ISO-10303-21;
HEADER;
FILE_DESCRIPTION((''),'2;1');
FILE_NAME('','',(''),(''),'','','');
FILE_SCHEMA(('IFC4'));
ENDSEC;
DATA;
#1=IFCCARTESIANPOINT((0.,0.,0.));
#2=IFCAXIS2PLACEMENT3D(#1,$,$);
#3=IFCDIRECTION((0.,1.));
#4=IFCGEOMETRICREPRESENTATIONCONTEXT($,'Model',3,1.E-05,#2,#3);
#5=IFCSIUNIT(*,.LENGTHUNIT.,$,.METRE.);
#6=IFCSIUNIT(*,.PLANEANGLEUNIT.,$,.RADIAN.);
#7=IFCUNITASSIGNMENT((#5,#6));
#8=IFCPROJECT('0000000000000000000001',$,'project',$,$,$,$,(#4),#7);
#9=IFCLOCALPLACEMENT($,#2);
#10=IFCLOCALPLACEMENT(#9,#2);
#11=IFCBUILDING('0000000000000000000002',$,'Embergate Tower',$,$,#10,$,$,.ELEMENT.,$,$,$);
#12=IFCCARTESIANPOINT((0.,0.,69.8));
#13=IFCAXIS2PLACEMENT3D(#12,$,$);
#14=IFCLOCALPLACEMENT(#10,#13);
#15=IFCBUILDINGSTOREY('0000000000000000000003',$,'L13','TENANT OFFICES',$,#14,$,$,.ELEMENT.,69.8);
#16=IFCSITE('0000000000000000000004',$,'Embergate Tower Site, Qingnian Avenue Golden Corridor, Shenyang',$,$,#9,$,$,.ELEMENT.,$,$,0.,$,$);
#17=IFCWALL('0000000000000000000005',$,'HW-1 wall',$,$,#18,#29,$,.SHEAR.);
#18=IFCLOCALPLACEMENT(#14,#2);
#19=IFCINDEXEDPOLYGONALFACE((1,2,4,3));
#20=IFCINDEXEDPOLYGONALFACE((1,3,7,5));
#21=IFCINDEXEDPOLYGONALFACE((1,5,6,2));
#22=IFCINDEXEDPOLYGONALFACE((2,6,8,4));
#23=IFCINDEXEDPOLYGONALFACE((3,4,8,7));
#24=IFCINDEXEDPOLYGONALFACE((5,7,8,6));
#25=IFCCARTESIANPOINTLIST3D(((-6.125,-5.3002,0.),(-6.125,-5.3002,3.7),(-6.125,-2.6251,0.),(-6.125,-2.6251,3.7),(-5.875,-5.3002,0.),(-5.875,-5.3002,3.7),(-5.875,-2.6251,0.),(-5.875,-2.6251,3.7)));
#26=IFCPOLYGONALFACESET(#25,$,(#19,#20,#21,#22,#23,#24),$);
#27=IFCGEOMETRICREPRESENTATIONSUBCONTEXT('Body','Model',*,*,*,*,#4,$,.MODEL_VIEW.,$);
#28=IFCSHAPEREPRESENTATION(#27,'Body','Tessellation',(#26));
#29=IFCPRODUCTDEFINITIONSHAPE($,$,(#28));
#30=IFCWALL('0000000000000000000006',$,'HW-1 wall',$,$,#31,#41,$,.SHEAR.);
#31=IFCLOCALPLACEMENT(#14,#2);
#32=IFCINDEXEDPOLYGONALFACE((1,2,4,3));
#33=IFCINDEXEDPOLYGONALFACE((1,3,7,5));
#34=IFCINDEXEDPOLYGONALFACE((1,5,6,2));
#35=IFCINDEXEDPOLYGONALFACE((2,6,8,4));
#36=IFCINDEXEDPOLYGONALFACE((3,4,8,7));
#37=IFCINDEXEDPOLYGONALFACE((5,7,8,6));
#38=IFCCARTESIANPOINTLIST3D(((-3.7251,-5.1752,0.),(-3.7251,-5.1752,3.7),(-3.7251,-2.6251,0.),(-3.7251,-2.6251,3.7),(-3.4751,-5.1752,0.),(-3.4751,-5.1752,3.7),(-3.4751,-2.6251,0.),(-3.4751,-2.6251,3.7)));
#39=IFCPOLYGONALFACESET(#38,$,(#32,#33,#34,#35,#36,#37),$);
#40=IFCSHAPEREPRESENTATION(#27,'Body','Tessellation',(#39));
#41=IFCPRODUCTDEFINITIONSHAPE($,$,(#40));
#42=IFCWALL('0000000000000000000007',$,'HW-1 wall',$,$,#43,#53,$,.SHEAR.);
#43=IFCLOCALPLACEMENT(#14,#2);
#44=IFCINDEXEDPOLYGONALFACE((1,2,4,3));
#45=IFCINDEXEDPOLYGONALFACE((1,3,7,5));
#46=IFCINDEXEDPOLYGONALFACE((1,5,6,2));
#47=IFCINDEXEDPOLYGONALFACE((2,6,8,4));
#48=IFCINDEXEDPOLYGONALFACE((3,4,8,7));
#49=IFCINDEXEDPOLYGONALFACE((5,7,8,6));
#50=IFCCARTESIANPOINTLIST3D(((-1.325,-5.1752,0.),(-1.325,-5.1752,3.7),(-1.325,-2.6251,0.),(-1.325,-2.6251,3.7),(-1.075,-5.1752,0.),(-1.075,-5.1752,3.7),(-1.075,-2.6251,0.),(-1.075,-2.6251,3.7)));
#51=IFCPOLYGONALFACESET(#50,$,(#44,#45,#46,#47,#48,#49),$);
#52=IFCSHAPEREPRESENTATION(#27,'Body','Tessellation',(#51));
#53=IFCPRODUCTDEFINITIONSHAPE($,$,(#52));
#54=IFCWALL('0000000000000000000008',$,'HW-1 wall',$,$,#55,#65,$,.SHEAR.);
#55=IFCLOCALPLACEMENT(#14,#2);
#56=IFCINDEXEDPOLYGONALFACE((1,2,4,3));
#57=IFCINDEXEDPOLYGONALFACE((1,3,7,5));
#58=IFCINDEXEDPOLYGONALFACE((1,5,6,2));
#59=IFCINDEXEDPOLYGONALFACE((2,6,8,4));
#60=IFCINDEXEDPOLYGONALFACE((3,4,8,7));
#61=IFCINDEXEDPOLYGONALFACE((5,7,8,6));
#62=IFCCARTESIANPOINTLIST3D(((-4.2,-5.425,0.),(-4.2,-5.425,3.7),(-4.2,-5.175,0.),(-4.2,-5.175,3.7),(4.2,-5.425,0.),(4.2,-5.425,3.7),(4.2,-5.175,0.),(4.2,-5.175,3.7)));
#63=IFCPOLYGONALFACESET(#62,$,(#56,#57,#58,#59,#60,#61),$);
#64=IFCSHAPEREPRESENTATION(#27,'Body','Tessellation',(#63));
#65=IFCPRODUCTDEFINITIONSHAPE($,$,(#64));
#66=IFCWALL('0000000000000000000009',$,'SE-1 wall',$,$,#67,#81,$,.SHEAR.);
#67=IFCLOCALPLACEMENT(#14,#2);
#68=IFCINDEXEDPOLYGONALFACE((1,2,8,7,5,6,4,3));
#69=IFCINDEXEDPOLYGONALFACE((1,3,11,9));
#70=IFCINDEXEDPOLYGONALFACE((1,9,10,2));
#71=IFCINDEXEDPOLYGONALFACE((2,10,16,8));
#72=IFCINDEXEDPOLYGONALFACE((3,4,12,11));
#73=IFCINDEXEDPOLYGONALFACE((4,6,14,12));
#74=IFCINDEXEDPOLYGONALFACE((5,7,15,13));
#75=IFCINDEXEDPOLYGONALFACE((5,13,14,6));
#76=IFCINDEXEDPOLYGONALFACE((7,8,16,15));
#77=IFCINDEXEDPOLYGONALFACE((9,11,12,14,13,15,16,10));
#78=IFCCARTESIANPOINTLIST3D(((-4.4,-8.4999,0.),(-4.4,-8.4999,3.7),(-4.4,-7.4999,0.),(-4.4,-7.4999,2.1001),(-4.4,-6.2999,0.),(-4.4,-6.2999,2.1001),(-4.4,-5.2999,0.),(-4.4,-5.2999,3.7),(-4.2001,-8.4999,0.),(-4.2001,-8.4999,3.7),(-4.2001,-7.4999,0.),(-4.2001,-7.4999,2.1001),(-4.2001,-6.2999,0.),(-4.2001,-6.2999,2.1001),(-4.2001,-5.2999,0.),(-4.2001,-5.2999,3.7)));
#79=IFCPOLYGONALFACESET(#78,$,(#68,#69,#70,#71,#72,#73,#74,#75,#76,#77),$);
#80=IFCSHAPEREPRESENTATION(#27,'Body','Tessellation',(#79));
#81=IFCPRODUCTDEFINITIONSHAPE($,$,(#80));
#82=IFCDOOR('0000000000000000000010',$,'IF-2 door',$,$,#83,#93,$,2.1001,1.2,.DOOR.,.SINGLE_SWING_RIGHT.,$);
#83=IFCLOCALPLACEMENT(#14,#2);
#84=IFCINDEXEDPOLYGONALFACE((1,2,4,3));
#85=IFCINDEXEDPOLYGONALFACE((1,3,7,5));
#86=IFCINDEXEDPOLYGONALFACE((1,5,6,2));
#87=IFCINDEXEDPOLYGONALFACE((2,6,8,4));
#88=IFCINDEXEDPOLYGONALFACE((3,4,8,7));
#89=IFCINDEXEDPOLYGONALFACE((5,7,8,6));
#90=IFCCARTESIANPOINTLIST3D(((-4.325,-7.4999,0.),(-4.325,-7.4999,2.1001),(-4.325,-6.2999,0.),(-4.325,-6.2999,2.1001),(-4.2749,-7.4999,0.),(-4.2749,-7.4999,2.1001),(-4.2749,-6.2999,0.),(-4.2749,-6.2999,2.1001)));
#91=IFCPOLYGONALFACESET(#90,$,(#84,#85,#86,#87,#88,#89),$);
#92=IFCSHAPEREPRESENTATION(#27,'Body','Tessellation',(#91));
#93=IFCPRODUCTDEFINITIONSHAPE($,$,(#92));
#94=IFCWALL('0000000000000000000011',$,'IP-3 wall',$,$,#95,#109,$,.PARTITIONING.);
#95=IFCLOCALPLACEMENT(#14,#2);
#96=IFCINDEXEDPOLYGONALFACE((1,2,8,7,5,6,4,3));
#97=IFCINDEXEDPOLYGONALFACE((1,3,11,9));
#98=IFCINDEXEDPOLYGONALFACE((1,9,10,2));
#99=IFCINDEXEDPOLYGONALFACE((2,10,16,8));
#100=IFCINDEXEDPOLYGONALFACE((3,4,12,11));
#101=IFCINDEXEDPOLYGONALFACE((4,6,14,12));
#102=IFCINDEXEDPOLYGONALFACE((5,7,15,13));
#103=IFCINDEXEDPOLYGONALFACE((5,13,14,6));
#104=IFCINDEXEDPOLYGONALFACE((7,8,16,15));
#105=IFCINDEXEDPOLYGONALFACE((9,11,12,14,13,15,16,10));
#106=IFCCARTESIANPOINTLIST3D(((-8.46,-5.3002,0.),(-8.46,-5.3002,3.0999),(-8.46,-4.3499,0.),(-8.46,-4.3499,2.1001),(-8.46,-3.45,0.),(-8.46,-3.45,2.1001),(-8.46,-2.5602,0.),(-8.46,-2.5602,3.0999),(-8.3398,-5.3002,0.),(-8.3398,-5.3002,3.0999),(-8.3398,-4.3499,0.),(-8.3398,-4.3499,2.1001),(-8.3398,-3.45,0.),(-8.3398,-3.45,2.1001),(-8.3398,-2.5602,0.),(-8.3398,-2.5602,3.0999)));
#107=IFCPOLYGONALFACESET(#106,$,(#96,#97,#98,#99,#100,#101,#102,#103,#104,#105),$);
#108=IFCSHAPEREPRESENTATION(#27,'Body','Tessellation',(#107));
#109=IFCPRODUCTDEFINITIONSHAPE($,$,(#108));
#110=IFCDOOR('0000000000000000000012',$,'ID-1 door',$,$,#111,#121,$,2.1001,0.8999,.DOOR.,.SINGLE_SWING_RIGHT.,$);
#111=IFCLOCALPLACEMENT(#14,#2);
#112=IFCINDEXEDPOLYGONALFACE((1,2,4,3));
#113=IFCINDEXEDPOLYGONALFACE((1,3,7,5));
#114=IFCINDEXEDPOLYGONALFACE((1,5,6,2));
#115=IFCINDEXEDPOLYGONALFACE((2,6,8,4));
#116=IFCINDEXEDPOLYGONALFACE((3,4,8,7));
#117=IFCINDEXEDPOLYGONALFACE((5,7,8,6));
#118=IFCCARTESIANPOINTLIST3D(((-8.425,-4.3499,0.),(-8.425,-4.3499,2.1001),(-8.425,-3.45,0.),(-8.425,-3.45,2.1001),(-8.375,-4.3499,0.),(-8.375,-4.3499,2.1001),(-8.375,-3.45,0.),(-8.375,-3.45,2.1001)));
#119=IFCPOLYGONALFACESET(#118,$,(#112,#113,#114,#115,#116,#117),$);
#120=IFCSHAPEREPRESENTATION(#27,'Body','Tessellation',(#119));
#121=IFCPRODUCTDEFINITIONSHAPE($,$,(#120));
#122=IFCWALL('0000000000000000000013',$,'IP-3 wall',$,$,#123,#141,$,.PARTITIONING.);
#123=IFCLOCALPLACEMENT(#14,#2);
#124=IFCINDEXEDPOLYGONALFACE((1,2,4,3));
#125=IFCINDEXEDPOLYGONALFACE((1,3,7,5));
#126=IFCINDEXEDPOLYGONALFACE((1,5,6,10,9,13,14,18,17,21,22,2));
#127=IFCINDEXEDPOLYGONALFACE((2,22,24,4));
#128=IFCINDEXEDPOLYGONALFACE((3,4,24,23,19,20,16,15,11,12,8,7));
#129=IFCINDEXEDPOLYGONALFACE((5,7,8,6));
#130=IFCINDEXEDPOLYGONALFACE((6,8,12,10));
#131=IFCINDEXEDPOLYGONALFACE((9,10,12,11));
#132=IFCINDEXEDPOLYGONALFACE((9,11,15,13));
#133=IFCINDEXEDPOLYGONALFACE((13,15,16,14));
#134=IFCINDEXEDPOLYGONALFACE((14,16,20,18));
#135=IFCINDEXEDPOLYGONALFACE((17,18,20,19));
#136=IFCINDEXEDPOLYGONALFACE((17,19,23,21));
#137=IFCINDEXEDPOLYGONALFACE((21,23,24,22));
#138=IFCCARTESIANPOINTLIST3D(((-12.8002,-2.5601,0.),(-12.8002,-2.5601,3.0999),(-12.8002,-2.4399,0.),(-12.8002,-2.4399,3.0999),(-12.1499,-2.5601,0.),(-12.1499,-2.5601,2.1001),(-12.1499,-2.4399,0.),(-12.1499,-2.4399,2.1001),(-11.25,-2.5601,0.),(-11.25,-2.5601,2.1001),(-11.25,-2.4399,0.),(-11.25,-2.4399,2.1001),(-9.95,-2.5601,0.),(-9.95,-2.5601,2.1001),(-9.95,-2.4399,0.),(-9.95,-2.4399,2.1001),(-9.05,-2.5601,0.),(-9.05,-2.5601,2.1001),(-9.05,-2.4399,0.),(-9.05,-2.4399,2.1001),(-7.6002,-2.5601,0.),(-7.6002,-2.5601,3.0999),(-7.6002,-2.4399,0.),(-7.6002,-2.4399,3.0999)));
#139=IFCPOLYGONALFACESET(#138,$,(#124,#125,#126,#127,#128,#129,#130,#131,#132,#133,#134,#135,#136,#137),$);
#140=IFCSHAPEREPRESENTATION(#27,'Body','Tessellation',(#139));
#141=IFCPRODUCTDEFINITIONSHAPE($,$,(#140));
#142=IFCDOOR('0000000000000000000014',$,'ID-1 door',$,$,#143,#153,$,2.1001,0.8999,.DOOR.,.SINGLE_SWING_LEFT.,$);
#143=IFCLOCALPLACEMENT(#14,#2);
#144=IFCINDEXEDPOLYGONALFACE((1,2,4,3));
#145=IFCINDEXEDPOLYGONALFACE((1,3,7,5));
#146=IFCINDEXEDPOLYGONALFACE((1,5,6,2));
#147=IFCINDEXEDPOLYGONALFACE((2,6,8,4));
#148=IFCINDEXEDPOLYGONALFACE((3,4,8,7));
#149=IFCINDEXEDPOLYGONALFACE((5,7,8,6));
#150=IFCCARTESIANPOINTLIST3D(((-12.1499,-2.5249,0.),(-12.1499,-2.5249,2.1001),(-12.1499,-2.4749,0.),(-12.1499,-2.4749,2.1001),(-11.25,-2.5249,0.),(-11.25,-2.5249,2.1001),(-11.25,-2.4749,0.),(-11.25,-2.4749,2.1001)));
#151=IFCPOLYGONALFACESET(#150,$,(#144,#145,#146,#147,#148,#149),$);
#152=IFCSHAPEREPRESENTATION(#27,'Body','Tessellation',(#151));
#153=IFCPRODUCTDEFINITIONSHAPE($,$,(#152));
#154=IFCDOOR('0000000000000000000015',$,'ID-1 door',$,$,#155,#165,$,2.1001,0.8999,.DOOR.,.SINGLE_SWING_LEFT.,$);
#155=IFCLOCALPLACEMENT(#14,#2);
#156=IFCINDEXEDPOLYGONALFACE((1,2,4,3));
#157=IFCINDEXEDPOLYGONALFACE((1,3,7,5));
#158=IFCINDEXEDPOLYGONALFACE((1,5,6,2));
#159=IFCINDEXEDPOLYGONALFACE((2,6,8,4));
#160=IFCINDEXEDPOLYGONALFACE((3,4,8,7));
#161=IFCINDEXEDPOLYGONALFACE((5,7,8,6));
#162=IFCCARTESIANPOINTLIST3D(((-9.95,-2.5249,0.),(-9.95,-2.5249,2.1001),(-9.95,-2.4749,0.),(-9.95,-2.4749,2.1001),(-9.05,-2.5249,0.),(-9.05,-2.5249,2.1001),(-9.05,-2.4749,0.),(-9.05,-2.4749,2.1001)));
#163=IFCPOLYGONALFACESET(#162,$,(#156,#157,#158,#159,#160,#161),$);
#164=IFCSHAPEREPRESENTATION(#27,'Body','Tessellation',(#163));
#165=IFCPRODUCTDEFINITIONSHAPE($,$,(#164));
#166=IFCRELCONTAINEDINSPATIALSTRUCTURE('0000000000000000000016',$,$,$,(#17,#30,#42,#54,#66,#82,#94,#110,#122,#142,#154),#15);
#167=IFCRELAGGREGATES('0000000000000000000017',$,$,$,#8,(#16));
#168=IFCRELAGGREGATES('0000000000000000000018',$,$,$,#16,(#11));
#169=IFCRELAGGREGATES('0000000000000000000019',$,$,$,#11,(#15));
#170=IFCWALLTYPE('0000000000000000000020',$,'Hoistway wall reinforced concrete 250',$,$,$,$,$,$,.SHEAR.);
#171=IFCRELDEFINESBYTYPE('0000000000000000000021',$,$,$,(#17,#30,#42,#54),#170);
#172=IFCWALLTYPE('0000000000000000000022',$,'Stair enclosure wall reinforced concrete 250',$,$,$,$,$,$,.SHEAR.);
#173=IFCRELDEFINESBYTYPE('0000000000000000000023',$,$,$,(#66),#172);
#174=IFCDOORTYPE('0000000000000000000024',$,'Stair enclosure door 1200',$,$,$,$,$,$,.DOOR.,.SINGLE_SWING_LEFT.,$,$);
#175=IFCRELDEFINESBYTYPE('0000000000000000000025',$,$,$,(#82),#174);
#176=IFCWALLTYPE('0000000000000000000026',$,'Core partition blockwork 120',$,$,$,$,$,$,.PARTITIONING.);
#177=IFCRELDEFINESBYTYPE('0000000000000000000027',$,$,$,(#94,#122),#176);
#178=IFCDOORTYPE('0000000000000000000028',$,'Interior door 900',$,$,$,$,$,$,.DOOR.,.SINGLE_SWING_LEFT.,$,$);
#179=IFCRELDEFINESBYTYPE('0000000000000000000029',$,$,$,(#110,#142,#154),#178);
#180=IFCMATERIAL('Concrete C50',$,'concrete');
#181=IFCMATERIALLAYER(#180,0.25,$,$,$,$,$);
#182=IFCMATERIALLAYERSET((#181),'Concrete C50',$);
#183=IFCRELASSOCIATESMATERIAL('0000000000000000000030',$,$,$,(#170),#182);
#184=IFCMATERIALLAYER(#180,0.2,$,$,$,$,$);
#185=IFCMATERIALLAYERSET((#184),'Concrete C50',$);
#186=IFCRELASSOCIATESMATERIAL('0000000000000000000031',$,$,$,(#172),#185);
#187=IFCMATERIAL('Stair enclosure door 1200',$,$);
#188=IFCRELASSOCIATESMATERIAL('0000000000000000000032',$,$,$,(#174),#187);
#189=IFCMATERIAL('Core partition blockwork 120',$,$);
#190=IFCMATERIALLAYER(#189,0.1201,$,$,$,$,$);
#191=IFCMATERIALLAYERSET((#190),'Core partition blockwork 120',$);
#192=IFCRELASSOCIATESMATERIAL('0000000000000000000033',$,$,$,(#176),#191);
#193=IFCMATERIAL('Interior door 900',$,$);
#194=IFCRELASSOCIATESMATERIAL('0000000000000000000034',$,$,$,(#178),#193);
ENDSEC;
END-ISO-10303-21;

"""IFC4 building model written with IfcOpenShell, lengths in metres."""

from ifc_helpers import new_model, si_unit, direction, frame, frame_2d, origin, place, context, subcontext, project, spatial, rectangle, extrude, source, transform, mapped, material, layer, layer_set, type_object, element, fill, save


model = new_model("IFC4")

# Units and contexts
model_context = context("Model", 3, precision=1e-05, world=origin(), true_north=direction((0.0, 1.0)))
body_context = subcontext(model_context, "Body", "Model", "MODEL_VIEW")
ifc_project = project(units=[si_unit("LENGTHUNIT", "METRE"), si_unit("PLANEANGLEUNIT", "RADIAN")], contexts=[model_context])

# Site, building, storey
site_placement = place(None, origin())
site = spatial("IfcSite", under=ifc_project, at=site_placement, Name="Embergate Tower Site, Qingnian Avenue Golden Corridor, Shenyang", CompositionType="ELEMENT", RefElevation=0.0)
building_placement = place(site_placement, origin())
building = spatial("IfcBuilding", under=site, at=building_placement, Name="Embergate Tower", CompositionType="ELEMENT")
storey_placement = place(building_placement, frame((0.0, 0.0, 69.8)))
storey = spatial("IfcBuildingStorey", under=building, at=storey_placement, Name="L13", Description="TENANT OFFICES", CompositionType="ELEMENT", Elevation=69.8)

# Walls
ifc_material_1 = material(Name="Concrete C50", Category="concrete")
ifc_layer_1 = layer(ifc_material_1, 0.25)
ifc_layer_set_1 = layer_set([ifc_layer_1], Name="Concrete C50")
wall_type_1 = type_object("IfcWallType", Name="Hoistway wall reinforced concrete 250", PredefinedType="SHEAR", material=ifc_layer_set_1)
shared_shape_1 = source(origin(), body_context, "Body", "SweptSolid", [
    extrude(rectangle(XDim=2.675, YDim=0.25, at=frame_2d((1.3374, 0.0))), origin(), (0.0, 0.0, 1.0), 3.7),
])
wall_1_placement = place(storey_placement, frame((-6.0, -5.3, 0.0), z_axis=(0.0, 0.0, 1.0), x_axis=(0.0, 1.0, 0.0)))
element("IfcWall", 1, at=wall_1_placement, inside=storey, type_object=wall_type_1, Name="HW-1 wall", PredefinedType="SHEAR", context=body_context, shape_type="MappedRepresentation", body=[
    mapped(shared_shape_1, transform((0.0, 0.0, 0.0))),
])
shared_shape_2 = source(origin(), body_context, "Body", "SweptSolid", [
    extrude(rectangle(XDim=2.55, YDim=0.25, at=frame_2d((1.2749, 0.0))), origin(), (0.0, 0.0, 1.0), 3.7),
])
for number, where, z_axis, x_axis, name in (
    (2, (-3.6001, -5.175, 0.0), (0.0, 0.0, 1.0), (0.0, 1.0, 0.0), "HW-1 wall"),
    (3, (-1.2, -5.175, 0.0), (0.0, 0.0, 1.0), (0.0, 1.0, 0.0), "HW-1 wall"),
):
    element("IfcWall", number, at=place(storey_placement, frame(where, z_axis=z_axis, x_axis=x_axis)), inside=storey, type_object=wall_type_1, Name=name, PredefinedType="SHEAR", context=body_context, shape_type="MappedRepresentation", body=[
        mapped(shared_shape_2, transform((0.0, 0.0, 0.0))),
    ])
shared_shape_3 = source(origin(), body_context, "Body", "SweptSolid", [
    extrude(rectangle(XDim=8.3999, YDim=0.25, at=frame_2d((4.2, 0.0))), origin(), (0.0, 0.0, 1.0), 3.7),
])
wall_2_placement = place(storey_placement, frame((-4.2, -5.3, 0.0), z_axis=(0.0, 0.0, 1.0), x_axis=(1.0, 0.0, 0.0)))
element("IfcWall", 4, at=wall_2_placement, inside=storey, type_object=wall_type_1, Name="HW-1 wall", PredefinedType="SHEAR", context=body_context, shape_type="MappedRepresentation", body=[
    mapped(shared_shape_3, transform((0.0, 0.0, 0.0))),
])

# Walls, openings, doors
ifc_layer_2 = layer(ifc_material_1, 0.2)
ifc_layer_set_2 = layer_set([ifc_layer_2], Name="Concrete C50")
wall_type_2 = type_object("IfcWallType", Name="Stair enclosure wall reinforced concrete 250", PredefinedType="SHEAR", material=ifc_layer_set_2)
shared_shape_4 = source(origin(), body_context, "Body", "SweptSolid", [
    extrude(rectangle(XDim=3.2, YDim=0.2, at=frame_2d((1.6001, 0.0))), origin(), (0.0, 0.0, 1.0), 3.7),
])
wall_3_placement = place(storey_placement, frame((-4.3, -8.5, 0.0), z_axis=(0.0, 0.0, 1.0), x_axis=(0.0, 1.0, 0.0)))
wall_3 = element("IfcWall", 5, at=wall_3_placement, inside=storey, type_object=wall_type_2, Name="SE-1 wall", PredefinedType="SHEAR", context=body_context, shape_type="MappedRepresentation", body=[
    mapped(shared_shape_4, transform((0.0, 0.0, 0.0))),
])
shared_shape_5 = source(origin(), body_context, "Body", "SweptSolid", [
    extrude(rectangle(XDim=1.2, YDim=2.1001, at=frame_2d((0.6001, 1.05))), frame((0.0, 0.1099, 0.0), z_axis=(0.0, -1.0, 0.0), x_axis=(1.0, 0.0, 0.0)), (0.0, 0.0, 1.0), 0.22),
])
opening_1_placement = place(wall_3_placement, frame((1.0, 0.0, 0.0)))
opening_1 = element("IfcOpeningElement", 6, at=opening_1_placement, cuts=wall_3, PredefinedType="OPENING", context=body_context, shape_type="MappedRepresentation", body=[
    mapped(shared_shape_5, transform((0.0, 0.0, 0.0))),
])
ifc_material_2 = material(Name="Stair enclosure door 1200")
door_type_1 = type_object("IfcDoorType", Name="Stair enclosure door 1200", OperationType="SINGLE_SWING_LEFT", PredefinedType="DOOR", material=ifc_material_2)
shared_shape_6 = source(origin(), body_context, "Body", "SweptSolid", [
    extrude(rectangle(XDim=1.2, YDim=2.1001, at=frame_2d((0.6001, 1.05))), frame((0.0, 0.0249, 0.0), z_axis=(0.0, -1.0, 0.0), x_axis=(1.0, 0.0, 0.0)), (0.0, 0.0, 1.0), 0.05),
])
door_1_placement = place(opening_1_placement, origin())
door_1 = element("IfcDoor", 7, at=door_1_placement, inside=storey, type_object=door_type_1, Name="IF-2 door", OperationType="SINGLE_SWING_RIGHT", OverallHeight=2.1001, OverallWidth=1.2, PredefinedType="DOOR", context=body_context, shape_type="MappedRepresentation", body=[
    mapped(shared_shape_6, transform((0.0, 0.0, 0.0))),
])
fill(opening_1, door_1)
ifc_material_3 = material(Name="Core partition blockwork 120")
ifc_layer_3 = layer(ifc_material_3, 0.1201)
ifc_layer_set_3 = layer_set([ifc_layer_3], Name="Core partition blockwork 120")
wall_type_3 = type_object("IfcWallType", Name="Core partition blockwork 120", PredefinedType="PARTITIONING", material=ifc_layer_set_3)
shared_shape_7 = source(origin(), body_context, "Body", "SweptSolid", [
    extrude(rectangle(XDim=2.74, YDim=0.1201, at=frame_2d((1.3701, 0.0))), origin(), (0.0, 0.0, 1.0), 3.0999),
])
wall_4_placement = place(storey_placement, frame((-8.3999, -2.5601, 0.0), z_axis=(0.0, 0.0, 1.0), x_axis=(0.0, -1.0, 0.0)))
wall_4 = element("IfcWall", 8, at=wall_4_placement, inside=storey, type_object=wall_type_3, Name="IP-3 wall", PredefinedType="PARTITIONING", context=body_context, shape_type="MappedRepresentation", body=[
    mapped(shared_shape_7, transform((0.0, 0.0, 0.0))),
])
shared_shape_8 = source(origin(), body_context, "Body", "SweptSolid", [
    extrude(rectangle(XDim=0.8999, YDim=2.1001, at=frame_2d((0.45, 1.05))), frame((0.0, 0.0701, 0.0), z_axis=(0.0, -1.0, 0.0), x_axis=(1.0, 0.0, 0.0)), (0.0, 0.0, 1.0), 0.1401),
])
opening_2_placement = place(wall_4_placement, frame((0.8899, 0.0, 0.0)))
opening_2 = element("IfcOpeningElement", 9, at=opening_2_placement, cuts=wall_4, PredefinedType="OPENING", context=body_context, shape_type="MappedRepresentation", body=[
    mapped(shared_shape_8, transform((0.0, 0.0, 0.0))),
])
ifc_material_4 = material(Name="Interior door 900")
door_type_2 = type_object("IfcDoorType", Name="Interior door 900", OperationType="SINGLE_SWING_LEFT", PredefinedType="DOOR", material=ifc_material_4)
shared_shape_9 = source(origin(), body_context, "Body", "SweptSolid", [
    extrude(rectangle(XDim=0.8999, YDim=2.1001, at=frame_2d((0.45, 1.05))), frame((0.0, 0.0249, 0.0), z_axis=(0.0, -1.0, 0.0), x_axis=(1.0, 0.0, 0.0)), (0.0, 0.0, 1.0), 0.05),
])
door_2_placement = place(opening_2_placement, origin())
door_2 = element("IfcDoor", 10, at=door_2_placement, inside=storey, type_object=door_type_2, Name="ID-1 door", OperationType="SINGLE_SWING_RIGHT", OverallHeight=2.1001, OverallWidth=0.8999, PredefinedType="DOOR", context=body_context, shape_type="MappedRepresentation", body=[
    mapped(shared_shape_9, transform((0.0, 0.0, 0.0))),
])
fill(opening_2, door_2)

# Wall, openings, doors
shared_shape_10 = source(origin(), body_context, "Body", "SweptSolid", [
    extrude(rectangle(XDim=5.2, YDim=0.1201, at=frame_2d((2.6001, 0.0))), origin(), (0.0, 0.0, 1.0), 3.0999),
])
wall_5_placement = place(storey_placement, frame((-7.6001, -2.5, 0.0), z_axis=(0.0, 0.0, 1.0), x_axis=(-1.0, 0.0, 0.0)))
wall_5 = element("IfcWall", 11, at=wall_5_placement, inside=storey, type_object=wall_type_3, Name="IP-3 wall", PredefinedType="PARTITIONING", context=body_context, shape_type="MappedRepresentation", body=[
    mapped(shared_shape_10, transform((0.0, 0.0, 0.0))),
])
opening_3_placement = place(wall_5_placement, frame((3.6499, 0.0, 0.0)))
opening_3 = element("IfcOpeningElement", 12, at=opening_3_placement, cuts=wall_5, PredefinedType="OPENING", context=body_context, shape_type="MappedRepresentation", body=[
    mapped(shared_shape_8, transform((0.0, 0.0, 0.0))),
])
opening_4_placement = place(wall_5_placement, frame((1.45, 0.0, 0.0)))
opening_4 = element("IfcOpeningElement", 13, at=opening_4_placement, cuts=wall_5, PredefinedType="OPENING", context=body_context, shape_type="MappedRepresentation", body=[
    mapped(shared_shape_8, transform((0.0, 0.0, 0.0))),
])
door_3_placement = place(opening_3_placement, origin())
door_3 = element("IfcDoor", 14, at=door_3_placement, inside=storey, type_object=door_type_2, Name="ID-1 door", OperationType="SINGLE_SWING_LEFT", OverallHeight=2.1001, OverallWidth=0.8999, PredefinedType="DOOR", context=body_context, shape_type="MappedRepresentation", body=[
    mapped(shared_shape_9, transform((0.0, 0.0, 0.0))),
])
fill(opening_3, door_3)
door_4_placement = place(opening_4_placement, origin())
door_4 = element("IfcDoor", 15, at=door_4_placement, inside=storey, type_object=door_type_2, Name="ID-1 door", OperationType="SINGLE_SWING_LEFT", OverallHeight=2.1001, OverallWidth=0.8999, PredefinedType="DOOR", context=body_context, shape_type="MappedRepresentation", body=[
    mapped(shared_shape_9, transform((0.0, 0.0, 0.0))),
])
fill(opening_4, door_4)

save(model, "model.ifc")
